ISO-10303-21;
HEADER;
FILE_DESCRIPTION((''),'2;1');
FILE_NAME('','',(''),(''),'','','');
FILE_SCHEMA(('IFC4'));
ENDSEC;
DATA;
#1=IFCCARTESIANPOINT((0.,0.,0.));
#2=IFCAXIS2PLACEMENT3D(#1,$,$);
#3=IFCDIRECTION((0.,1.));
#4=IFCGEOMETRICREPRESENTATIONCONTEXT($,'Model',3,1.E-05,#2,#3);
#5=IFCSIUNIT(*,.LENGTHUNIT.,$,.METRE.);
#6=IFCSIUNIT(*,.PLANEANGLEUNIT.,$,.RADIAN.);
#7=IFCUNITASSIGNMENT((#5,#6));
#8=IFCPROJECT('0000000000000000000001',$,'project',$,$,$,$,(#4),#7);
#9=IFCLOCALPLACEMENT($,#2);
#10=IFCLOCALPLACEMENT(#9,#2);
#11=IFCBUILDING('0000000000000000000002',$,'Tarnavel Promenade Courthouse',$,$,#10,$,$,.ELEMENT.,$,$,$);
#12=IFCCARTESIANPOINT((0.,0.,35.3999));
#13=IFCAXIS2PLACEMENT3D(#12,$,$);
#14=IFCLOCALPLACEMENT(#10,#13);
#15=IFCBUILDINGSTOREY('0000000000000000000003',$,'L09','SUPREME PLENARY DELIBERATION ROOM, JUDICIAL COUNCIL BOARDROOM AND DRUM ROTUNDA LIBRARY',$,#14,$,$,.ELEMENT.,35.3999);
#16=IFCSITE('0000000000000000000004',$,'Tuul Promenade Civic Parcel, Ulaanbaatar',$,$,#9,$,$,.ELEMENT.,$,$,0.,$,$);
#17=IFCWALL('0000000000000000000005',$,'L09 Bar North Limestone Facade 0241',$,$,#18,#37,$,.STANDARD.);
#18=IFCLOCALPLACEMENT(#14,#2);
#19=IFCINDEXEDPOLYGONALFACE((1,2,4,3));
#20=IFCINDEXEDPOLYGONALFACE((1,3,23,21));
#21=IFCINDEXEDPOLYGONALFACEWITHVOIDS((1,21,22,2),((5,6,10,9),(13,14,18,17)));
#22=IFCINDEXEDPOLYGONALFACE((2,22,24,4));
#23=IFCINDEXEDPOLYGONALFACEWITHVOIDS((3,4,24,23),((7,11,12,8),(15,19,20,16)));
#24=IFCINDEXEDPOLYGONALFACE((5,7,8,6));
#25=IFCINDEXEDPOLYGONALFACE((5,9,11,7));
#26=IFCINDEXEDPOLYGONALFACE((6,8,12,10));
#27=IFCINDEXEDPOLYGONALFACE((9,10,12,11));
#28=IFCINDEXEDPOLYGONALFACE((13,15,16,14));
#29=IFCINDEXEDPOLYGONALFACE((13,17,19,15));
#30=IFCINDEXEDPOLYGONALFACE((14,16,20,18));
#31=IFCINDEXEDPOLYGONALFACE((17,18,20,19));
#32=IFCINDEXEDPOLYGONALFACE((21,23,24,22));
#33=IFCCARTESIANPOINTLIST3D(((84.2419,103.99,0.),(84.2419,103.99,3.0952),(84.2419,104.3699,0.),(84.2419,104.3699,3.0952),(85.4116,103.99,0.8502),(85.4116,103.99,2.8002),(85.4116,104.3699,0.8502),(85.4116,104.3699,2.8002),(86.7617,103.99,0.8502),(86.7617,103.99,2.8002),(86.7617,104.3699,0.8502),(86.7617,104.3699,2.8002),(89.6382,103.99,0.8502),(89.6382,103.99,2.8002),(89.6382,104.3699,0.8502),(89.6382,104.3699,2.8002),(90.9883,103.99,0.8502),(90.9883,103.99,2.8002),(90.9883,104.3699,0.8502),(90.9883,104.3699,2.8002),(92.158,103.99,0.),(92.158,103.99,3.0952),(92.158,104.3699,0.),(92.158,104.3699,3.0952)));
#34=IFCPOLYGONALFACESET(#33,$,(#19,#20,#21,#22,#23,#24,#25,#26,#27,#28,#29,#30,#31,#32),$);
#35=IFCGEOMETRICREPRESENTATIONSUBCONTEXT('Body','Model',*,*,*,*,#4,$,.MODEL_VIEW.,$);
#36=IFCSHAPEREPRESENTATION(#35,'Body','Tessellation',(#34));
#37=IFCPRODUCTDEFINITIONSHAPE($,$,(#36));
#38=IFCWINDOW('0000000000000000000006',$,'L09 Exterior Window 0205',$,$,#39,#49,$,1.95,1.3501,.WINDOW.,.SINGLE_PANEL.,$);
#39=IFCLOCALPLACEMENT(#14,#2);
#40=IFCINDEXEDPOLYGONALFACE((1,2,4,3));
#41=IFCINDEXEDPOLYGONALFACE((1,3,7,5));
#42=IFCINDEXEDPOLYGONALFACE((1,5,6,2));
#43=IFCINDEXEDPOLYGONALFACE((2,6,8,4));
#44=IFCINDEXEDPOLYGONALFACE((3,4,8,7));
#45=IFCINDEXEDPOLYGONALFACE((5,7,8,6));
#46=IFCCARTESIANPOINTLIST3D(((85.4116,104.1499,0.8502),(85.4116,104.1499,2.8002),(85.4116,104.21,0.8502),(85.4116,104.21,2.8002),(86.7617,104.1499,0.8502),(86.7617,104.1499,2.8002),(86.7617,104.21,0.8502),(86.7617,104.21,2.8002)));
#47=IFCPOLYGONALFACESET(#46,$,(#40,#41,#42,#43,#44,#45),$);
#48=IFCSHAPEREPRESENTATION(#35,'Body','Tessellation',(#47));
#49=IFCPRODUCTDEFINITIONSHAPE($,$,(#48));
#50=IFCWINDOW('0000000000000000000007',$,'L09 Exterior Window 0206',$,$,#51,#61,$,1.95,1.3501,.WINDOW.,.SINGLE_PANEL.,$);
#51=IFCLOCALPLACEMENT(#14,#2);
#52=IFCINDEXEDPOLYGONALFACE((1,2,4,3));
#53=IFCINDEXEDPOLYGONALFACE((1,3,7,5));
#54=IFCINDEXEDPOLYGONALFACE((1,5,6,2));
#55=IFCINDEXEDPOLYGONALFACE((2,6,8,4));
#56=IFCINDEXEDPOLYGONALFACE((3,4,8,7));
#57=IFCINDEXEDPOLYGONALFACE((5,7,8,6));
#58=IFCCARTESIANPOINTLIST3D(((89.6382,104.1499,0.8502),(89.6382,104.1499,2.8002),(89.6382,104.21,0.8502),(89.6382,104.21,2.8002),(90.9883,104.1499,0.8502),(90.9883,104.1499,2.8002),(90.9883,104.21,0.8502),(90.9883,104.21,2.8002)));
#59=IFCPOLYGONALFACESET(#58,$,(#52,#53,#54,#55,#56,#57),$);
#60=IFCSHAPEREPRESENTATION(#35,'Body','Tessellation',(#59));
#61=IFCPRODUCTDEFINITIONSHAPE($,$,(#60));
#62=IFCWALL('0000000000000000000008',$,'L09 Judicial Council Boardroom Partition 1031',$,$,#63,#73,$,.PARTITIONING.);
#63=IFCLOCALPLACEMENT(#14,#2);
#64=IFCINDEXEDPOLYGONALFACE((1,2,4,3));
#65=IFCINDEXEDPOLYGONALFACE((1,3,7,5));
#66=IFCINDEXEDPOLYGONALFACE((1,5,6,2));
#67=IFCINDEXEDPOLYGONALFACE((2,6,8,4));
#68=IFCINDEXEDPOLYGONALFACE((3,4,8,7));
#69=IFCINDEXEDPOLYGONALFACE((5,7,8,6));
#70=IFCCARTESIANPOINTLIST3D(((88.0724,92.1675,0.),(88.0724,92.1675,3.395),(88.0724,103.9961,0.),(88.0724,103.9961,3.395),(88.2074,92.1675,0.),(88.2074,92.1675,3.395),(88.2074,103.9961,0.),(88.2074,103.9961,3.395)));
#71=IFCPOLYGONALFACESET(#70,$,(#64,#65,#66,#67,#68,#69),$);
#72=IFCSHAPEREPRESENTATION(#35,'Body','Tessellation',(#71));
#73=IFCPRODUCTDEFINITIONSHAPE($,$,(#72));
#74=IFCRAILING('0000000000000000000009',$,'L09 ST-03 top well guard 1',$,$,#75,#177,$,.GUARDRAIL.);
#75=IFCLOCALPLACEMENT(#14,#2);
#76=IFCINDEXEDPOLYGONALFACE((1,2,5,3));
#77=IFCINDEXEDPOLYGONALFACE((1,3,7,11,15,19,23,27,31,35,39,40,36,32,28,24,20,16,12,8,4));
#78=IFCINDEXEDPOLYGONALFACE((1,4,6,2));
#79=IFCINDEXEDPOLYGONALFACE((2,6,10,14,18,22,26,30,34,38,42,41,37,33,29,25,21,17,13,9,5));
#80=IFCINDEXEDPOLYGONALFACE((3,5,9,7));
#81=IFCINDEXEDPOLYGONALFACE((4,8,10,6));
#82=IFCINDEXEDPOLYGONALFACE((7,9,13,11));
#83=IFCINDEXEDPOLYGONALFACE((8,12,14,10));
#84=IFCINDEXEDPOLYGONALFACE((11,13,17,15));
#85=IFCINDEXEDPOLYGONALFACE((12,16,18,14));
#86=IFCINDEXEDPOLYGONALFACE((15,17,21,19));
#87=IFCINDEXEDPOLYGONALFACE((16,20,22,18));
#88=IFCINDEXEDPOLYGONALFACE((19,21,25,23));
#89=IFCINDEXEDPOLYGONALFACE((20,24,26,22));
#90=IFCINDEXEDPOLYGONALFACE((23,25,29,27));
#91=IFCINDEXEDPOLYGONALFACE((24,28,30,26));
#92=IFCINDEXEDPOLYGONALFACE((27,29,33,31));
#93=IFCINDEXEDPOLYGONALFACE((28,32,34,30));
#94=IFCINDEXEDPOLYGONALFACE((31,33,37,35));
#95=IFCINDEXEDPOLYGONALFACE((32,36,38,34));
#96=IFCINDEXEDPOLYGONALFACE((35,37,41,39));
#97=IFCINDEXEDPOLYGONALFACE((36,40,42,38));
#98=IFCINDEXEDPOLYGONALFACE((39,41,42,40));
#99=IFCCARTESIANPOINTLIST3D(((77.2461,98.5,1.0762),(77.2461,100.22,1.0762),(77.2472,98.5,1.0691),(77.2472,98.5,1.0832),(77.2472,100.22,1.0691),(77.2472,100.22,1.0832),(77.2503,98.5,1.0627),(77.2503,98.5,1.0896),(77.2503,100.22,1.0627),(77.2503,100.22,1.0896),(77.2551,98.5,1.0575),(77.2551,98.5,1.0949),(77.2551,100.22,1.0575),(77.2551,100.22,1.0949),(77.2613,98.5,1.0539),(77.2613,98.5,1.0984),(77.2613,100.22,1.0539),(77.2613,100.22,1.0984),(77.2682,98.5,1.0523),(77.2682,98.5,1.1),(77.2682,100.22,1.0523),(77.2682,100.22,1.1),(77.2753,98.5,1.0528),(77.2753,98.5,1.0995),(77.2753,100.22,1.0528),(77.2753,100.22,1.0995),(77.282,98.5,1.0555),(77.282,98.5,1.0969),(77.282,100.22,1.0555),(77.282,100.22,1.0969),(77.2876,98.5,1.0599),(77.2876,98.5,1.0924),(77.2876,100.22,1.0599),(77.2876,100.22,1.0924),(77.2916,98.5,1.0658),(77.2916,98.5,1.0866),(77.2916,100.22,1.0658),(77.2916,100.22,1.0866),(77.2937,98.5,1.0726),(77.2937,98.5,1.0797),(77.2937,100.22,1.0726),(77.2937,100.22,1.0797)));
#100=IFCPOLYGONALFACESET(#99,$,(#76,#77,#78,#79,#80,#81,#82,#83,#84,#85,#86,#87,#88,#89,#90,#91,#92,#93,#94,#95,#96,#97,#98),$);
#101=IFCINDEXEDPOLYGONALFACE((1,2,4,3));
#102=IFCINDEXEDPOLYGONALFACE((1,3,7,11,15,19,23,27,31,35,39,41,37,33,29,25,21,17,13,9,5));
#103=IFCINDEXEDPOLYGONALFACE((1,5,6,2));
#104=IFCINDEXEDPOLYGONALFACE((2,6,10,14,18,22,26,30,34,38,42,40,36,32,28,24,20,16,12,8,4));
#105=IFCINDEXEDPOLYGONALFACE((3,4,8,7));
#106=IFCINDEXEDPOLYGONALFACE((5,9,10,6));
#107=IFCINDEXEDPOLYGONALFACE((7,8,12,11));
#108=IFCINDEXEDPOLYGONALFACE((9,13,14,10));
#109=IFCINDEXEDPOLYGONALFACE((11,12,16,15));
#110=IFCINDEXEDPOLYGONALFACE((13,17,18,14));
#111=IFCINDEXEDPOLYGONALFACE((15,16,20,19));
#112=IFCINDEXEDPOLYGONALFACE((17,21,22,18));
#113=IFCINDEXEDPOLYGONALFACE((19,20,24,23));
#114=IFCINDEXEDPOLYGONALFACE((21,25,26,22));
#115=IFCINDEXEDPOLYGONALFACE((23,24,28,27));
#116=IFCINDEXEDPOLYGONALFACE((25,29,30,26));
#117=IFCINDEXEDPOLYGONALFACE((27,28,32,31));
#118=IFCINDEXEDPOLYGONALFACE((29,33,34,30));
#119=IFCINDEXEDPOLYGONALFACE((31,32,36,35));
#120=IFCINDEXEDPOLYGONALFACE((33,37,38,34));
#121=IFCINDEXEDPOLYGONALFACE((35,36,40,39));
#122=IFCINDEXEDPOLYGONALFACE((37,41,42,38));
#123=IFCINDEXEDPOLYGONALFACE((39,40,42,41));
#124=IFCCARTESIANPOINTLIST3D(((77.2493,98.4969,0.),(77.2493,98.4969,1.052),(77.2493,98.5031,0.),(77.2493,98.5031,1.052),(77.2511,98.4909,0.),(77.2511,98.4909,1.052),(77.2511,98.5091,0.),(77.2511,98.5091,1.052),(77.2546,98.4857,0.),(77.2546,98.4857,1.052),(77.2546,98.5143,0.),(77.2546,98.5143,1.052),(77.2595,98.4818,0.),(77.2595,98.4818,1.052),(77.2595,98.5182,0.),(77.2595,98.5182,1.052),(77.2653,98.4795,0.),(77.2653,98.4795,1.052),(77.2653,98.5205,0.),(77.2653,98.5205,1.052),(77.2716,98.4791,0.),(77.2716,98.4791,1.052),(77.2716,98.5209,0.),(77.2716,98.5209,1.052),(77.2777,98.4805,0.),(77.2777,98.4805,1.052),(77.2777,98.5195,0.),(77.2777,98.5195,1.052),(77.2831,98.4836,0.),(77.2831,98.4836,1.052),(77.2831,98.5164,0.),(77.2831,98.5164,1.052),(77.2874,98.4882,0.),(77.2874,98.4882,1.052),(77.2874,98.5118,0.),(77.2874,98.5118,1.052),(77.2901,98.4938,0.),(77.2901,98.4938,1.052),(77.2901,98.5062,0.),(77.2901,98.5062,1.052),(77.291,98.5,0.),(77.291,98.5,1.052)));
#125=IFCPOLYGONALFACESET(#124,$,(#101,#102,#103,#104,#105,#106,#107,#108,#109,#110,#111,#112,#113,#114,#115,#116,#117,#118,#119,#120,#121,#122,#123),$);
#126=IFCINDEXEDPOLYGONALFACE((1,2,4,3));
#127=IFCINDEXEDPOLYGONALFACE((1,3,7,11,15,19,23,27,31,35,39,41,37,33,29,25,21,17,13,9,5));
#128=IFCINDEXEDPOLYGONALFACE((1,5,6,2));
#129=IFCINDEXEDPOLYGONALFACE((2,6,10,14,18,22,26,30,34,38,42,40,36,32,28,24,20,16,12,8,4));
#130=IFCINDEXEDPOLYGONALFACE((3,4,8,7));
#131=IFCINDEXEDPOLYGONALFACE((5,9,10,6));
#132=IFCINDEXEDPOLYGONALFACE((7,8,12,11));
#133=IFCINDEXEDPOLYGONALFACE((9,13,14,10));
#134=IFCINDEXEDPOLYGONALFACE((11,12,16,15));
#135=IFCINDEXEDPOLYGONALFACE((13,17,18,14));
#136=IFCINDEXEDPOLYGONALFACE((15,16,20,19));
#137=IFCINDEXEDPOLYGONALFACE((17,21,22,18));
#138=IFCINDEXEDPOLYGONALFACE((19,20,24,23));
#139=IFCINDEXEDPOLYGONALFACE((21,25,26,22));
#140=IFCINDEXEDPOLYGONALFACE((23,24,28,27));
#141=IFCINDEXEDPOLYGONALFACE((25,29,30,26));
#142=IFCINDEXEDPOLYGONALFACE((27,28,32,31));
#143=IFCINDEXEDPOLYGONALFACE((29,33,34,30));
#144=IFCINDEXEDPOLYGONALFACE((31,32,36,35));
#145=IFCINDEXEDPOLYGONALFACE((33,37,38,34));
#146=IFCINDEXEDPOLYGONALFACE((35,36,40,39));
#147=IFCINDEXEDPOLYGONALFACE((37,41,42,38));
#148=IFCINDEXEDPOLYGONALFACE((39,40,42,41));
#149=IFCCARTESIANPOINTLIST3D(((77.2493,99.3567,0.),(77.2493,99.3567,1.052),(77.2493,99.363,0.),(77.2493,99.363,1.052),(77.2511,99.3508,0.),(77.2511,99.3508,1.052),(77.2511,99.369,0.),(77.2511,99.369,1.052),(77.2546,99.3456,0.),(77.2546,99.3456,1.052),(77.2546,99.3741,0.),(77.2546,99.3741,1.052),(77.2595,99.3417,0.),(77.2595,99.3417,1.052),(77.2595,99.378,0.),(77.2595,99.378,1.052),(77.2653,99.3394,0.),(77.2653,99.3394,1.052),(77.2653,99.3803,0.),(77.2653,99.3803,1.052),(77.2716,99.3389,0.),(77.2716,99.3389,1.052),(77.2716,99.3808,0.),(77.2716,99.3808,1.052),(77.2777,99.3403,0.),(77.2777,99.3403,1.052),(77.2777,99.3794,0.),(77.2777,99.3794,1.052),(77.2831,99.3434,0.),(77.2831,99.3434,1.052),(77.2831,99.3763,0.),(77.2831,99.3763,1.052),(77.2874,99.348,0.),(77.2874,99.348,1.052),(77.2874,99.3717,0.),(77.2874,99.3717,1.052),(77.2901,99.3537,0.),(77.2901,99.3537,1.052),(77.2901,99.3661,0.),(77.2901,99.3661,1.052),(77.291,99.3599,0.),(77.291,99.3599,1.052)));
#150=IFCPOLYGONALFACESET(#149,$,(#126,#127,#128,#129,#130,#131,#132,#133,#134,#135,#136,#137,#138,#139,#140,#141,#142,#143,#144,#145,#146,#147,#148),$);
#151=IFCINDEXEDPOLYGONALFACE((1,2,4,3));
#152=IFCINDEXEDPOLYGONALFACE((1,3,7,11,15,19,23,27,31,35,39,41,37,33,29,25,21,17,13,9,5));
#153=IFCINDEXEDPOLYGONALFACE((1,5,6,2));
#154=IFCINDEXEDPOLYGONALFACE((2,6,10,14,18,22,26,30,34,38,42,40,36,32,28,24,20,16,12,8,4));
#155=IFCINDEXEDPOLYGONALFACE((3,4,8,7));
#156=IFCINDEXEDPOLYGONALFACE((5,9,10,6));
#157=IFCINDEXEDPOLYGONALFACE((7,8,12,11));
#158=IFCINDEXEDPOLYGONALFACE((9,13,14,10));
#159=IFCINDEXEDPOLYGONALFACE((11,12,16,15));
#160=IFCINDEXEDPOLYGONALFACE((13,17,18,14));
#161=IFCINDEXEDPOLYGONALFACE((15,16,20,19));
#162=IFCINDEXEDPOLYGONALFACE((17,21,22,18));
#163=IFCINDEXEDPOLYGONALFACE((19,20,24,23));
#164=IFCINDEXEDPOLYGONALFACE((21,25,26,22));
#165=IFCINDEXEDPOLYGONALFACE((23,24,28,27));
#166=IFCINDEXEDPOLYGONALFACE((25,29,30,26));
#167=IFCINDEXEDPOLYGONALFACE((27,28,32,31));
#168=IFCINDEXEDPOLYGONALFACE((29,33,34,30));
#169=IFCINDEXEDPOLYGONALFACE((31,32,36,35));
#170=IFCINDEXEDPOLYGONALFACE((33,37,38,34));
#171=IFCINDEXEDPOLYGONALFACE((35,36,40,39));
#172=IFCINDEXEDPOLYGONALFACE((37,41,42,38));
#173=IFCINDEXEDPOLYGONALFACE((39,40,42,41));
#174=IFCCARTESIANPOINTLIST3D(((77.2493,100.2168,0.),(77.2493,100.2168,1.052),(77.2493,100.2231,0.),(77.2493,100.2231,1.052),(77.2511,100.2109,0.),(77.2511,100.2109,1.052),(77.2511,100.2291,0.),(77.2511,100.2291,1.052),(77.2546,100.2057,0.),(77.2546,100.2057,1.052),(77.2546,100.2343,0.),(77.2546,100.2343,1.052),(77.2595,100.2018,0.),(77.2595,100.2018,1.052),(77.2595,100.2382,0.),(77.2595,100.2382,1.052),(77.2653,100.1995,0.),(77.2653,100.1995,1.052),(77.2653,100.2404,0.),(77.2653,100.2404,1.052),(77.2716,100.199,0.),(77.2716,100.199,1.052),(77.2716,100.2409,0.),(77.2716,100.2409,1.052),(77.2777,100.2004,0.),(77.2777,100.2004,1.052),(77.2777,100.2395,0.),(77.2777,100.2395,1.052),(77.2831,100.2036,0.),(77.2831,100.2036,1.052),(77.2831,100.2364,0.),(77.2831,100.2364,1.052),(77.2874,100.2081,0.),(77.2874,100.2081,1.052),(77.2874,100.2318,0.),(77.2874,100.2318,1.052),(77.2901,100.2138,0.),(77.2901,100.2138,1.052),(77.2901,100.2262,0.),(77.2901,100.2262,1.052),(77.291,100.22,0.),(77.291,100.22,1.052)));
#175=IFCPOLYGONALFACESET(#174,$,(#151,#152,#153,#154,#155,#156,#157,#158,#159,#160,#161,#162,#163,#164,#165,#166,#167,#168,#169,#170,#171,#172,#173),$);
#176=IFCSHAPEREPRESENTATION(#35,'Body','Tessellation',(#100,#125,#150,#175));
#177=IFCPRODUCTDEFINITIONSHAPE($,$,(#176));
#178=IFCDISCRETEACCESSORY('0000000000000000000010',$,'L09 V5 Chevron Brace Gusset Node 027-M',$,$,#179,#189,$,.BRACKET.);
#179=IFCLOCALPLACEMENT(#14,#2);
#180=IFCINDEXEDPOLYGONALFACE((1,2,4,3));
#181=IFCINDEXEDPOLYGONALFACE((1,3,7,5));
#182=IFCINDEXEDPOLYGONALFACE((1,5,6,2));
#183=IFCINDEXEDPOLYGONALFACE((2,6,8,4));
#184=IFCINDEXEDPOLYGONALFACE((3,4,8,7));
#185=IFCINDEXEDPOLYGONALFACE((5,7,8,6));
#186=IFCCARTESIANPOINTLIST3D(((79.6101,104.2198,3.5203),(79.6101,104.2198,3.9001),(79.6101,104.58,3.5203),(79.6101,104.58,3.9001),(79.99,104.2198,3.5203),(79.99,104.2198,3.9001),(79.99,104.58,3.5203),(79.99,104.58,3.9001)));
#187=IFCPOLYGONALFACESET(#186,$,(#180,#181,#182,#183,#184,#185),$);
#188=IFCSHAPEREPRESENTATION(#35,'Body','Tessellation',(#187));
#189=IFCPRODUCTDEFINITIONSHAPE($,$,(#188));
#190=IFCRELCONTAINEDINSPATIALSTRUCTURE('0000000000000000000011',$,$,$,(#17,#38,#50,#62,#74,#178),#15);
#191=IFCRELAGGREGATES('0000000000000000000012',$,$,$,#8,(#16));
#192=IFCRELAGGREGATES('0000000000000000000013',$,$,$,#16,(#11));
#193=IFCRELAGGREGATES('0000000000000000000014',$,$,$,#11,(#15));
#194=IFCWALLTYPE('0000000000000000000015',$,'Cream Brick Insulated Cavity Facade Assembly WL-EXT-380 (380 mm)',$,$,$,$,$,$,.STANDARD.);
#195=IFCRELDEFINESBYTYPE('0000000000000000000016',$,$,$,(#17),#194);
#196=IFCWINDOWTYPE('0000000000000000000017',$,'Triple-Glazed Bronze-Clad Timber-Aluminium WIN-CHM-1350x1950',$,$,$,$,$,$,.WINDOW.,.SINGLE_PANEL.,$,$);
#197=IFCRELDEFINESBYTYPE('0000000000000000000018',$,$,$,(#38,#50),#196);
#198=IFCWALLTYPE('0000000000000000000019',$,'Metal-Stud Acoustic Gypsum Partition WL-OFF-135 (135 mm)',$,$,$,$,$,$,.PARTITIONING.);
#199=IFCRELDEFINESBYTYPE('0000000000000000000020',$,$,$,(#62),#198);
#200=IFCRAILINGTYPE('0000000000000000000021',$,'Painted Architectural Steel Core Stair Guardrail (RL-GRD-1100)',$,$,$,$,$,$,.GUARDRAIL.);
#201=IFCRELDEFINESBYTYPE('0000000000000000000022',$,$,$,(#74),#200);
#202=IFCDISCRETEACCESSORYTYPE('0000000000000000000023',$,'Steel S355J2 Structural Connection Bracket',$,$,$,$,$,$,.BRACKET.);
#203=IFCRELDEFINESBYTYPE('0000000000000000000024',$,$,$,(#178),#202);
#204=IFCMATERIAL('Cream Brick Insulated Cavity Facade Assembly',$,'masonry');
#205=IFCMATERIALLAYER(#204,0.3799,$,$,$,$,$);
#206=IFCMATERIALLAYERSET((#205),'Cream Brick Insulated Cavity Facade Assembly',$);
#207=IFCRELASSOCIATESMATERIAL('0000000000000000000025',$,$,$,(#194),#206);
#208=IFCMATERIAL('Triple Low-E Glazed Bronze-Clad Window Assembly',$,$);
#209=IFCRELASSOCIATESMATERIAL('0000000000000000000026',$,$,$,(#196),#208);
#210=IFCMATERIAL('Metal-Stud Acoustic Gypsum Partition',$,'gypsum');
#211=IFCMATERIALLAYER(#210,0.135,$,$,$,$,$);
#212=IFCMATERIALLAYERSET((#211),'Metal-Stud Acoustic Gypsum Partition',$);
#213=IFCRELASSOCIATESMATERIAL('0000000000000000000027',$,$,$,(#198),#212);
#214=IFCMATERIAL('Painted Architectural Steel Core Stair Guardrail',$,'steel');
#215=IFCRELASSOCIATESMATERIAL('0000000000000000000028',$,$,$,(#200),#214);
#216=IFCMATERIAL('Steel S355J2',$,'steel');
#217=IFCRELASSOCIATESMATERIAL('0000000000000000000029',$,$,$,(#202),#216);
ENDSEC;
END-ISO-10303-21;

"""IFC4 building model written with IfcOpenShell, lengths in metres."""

from ifc_helpers import new_model, si_unit, direction, frame, frame_2d, origin, origin_2d, place, context, subcontext, project, spatial, rectangle, circle, extrude, material, layer, layer_set, type_object, element, fill, save


model = new_model("IFC4")

# Units and contexts
model_context = context("Model", 3, precision=1e-05, world=origin(), true_north=direction((0.0, 1.0)))
body_context = subcontext(model_context, "Body", "Model", "MODEL_VIEW")
ifc_project = project(units=[si_unit("LENGTHUNIT", "METRE"), si_unit("PLANEANGLEUNIT", "RADIAN")], contexts=[model_context])

# Site, building, storey
site_placement = place(None, origin())
site = spatial("IfcSite", under=ifc_project, at=site_placement, Name="Tuul Promenade Civic Parcel, Ulaanbaatar", CompositionType="ELEMENT", RefElevation=0.0)
building_placement = place(site_placement, origin())
building = spatial("IfcBuilding", under=site, at=building_placement, Name="Tarnavel Promenade Courthouse", CompositionType="ELEMENT")
storey_placement = place(building_placement, frame((0.0, 0.0, 35.3999)))
storey = spatial("IfcBuildingStorey", under=building, at=storey_placement, Name="L09", Description="SUPREME PLENARY DELIBERATION ROOM, JUDICIAL COUNCIL BOARDROOM AND DRUM ROTUNDA LIBRARY", CompositionType="ELEMENT", Elevation=35.3999)

# Shared definitions
ifc_material_1 = material(Name="Steel S355J2", Category="steel")

# Shared definitions
ifc_material_2 = material(Name="Cream Brick Insulated Cavity Facade Assembly", Category="masonry")
ifc_layer_1 = layer(ifc_material_2, 0.3799)
ifc_layer_set_1 = layer_set([ifc_layer_1], Name="Cream Brick Insulated Cavity Facade Assembly")
wall_type_1 = type_object("IfcWallType", Name="Cream Brick Insulated Cavity Facade Assembly WL-EXT-380 (380 mm)", PredefinedType="STANDARD", material=ifc_layer_set_1)

# Wall, openings, windows
wall_1_placement = place(storey_placement, frame((84.2419, 104.1799, 0.0), z_axis=(0.0, 0.0, 1.0), x_axis=(1.0, 0.0, 0.0)))
wall_1 = element("IfcWall", 1, at=wall_1_placement, inside=storey, type_object=wall_type_1, Name="L09 Bar North Limestone Facade 0241", PredefinedType="STANDARD", context=body_context, shape_type="SweptSolid", body=[
    extrude(rectangle(XDim=7.916, YDim=0.3799, at=frame_2d((3.958, 0.0))), origin(), (0.0, 0.0, 1.0), 3.0952),
])
opening_1_placement = place(wall_1_placement, frame((1.1697, 0.0, 0.8501)))
opening_1 = element("IfcOpeningElement", 2, at=opening_1_placement, cuts=wall_1, PredefinedType="OPENING", context=body_context, shape_type="SweptSolid", body=[
    extrude(rectangle(XDim=1.3501, YDim=1.95, at=frame_2d((0.675, 0.9751))), frame((0.0, 0.2, 0.0), z_axis=(0.0, -1.0, 0.0), x_axis=(1.0, 0.0, 0.0)), (0.0, 0.0, 1.0), 0.3999),
])
opening_2_placement = place(wall_1_placement, frame((5.3962, 0.0, 0.8501)))
opening_2 = element("IfcOpeningElement", 3, at=opening_2_placement, cuts=wall_1, PredefinedType="OPENING", context=body_context, shape_type="SweptSolid", body=[
    extrude(rectangle(XDim=1.3501, YDim=1.95, at=frame_2d((0.675, 0.9751))), frame((0.0, 0.2, 0.0), z_axis=(0.0, -1.0, 0.0), x_axis=(1.0, 0.0, 0.0)), (0.0, 0.0, 1.0), 0.3999),
])
ifc_material_3 = material(Name="Triple Low-E Glazed Bronze-Clad Window Assembly")
window_type = type_object("IfcWindowType", Name="Triple-Glazed Bronze-Clad Timber-Aluminium WIN-CHM-1350x1950", PartitioningType="SINGLE_PANEL", PredefinedType="WINDOW", material=ifc_material_3)
window_1_placement = place(opening_1_placement, origin())
window_1 = element("IfcWindow", 4, at=window_1_placement, inside=storey, type_object=window_type, Name="L09 Exterior Window 0205", OverallHeight=1.95, OverallWidth=1.3501, PartitioningType="SINGLE_PANEL", PredefinedType="WINDOW", context=body_context, shape_type="SweptSolid", body=[
    extrude(rectangle(XDim=1.3501, YDim=1.95, at=frame_2d((0.675, 0.9751))), frame((0.0, 0.03, 0.0), z_axis=(0.0, -1.0, 0.0), x_axis=(1.0, 0.0, 0.0)), (0.0, 0.0, 1.0), 0.0601),
])
fill(opening_1, window_1)
window_2_placement = place(opening_2_placement, origin())
window_2 = element("IfcWindow", 5, at=window_2_placement, inside=storey, type_object=window_type, Name="L09 Exterior Window 0206", OverallHeight=1.95, OverallWidth=1.3501, PartitioningType="SINGLE_PANEL", PredefinedType="WINDOW", context=body_context, shape_type="SweptSolid", body=[
    extrude(rectangle(XDim=1.3501, YDim=1.95, at=frame_2d((0.675, 0.9751))), frame((0.0, 0.03, 0.0), z_axis=(0.0, -1.0, 0.0), x_axis=(1.0, 0.0, 0.0)), (0.0, 0.0, 1.0), 0.0601),
])
fill(opening_2, window_2)

# Wall
ifc_material_4 = material(Name="Metal-Stud Acoustic Gypsum Partition", Category="gypsum")
ifc_layer_2 = layer(ifc_material_4, 0.135)
ifc_layer_set_2 = layer_set([ifc_layer_2], Name="Metal-Stud Acoustic Gypsum Partition")
wall_type_2 = type_object("IfcWallType", Name="Metal-Stud Acoustic Gypsum Partition WL-OFF-135 (135 mm)", PredefinedType="PARTITIONING", material=ifc_layer_set_2)
wall_2_placement = place(storey_placement, frame((88.1399, 92.1675, 0.0), z_axis=(0.0, 0.0, 1.0), x_axis=(0.0, 1.0, 0.0)))
element("IfcWall", 6, at=wall_2_placement, inside=storey, type_object=wall_type_2, Name="L09 Judicial Council Boardroom Partition 1031", PredefinedType="PARTITIONING", context=body_context, shape_type="SweptSolid", body=[
    extrude(rectangle(XDim=11.8286, YDim=0.135, at=frame_2d((5.9143, 0.0))), origin(), (0.0, 0.0, 1.0), 3.395),
])

# Railing
ifc_material_5 = material(Name="Painted Architectural Steel Core Stair Guardrail", Category="steel")
railing_type = type_object("IfcRailingType", Name="Painted Architectural Steel Core Stair Guardrail (RL-GRD-1100)", PredefinedType="GUARDRAIL", material=ifc_material_5)
railing_placement = place(storey_placement, frame((77.27, 98.5, 0.0)))
element("IfcRailing", 7, at=railing_placement, inside=storey, type_object=railing_type, Name="L09 ST-03 top well guard 1", PredefinedType="GUARDRAIL", context=body_context, shape_type="SweptSolid", body=[
    extrude(circle(Radius=0.0239, at=origin_2d()), frame((0.0, 0.0, 1.0762), z_axis=(0.0, 1.0, 0.0), x_axis=(-1.0, 0.0, 0.0)), (0.0, 0.0, 1.0), 1.72),
    extrude(circle(Radius=0.021, at=origin_2d()), origin(), (0.0, 0.0, 1.0), 1.052),
    extrude(circle(Radius=0.021, at=origin_2d()), frame((0.0, 0.8599, 0.0)), (0.0, 0.0, 1.0), 1.052),
    extrude(circle(Radius=0.021, at=origin_2d()), frame((0.0, 1.72, 0.0)), (0.0, 0.0, 1.0), 1.052),
])

# Discrete accessory
discrete_accessory_type = type_object("IfcDiscreteAccessoryType", Name="Steel S355J2 Structural Connection Bracket", PredefinedType="BRACKET", material=ifc_material_1)
for number, where, z_axis, x_axis, name in (
    (8, (79.8, 104.3999, 3.5203), (0.0, 0.0, 1.0), (1.0, 0.0, 0.0), "L09 V5 Chevron Brace Gusset Node 027-M"),
):
    element("IfcDiscreteAccessory", number, at=place(storey_placement, frame(where, z_axis=z_axis, x_axis=x_axis)), inside=storey, type_object=discrete_accessory_type, Name=name, PredefinedType="BRACKET", context=body_context, shape_type="SweptSolid", body=[
        extrude(rectangle(XDim=0.3799, YDim=0.3601, at=origin_2d()), origin(), (0.0, 0.0, 1.0), 0.3799),
    ])

save(model, "model.ifc")
